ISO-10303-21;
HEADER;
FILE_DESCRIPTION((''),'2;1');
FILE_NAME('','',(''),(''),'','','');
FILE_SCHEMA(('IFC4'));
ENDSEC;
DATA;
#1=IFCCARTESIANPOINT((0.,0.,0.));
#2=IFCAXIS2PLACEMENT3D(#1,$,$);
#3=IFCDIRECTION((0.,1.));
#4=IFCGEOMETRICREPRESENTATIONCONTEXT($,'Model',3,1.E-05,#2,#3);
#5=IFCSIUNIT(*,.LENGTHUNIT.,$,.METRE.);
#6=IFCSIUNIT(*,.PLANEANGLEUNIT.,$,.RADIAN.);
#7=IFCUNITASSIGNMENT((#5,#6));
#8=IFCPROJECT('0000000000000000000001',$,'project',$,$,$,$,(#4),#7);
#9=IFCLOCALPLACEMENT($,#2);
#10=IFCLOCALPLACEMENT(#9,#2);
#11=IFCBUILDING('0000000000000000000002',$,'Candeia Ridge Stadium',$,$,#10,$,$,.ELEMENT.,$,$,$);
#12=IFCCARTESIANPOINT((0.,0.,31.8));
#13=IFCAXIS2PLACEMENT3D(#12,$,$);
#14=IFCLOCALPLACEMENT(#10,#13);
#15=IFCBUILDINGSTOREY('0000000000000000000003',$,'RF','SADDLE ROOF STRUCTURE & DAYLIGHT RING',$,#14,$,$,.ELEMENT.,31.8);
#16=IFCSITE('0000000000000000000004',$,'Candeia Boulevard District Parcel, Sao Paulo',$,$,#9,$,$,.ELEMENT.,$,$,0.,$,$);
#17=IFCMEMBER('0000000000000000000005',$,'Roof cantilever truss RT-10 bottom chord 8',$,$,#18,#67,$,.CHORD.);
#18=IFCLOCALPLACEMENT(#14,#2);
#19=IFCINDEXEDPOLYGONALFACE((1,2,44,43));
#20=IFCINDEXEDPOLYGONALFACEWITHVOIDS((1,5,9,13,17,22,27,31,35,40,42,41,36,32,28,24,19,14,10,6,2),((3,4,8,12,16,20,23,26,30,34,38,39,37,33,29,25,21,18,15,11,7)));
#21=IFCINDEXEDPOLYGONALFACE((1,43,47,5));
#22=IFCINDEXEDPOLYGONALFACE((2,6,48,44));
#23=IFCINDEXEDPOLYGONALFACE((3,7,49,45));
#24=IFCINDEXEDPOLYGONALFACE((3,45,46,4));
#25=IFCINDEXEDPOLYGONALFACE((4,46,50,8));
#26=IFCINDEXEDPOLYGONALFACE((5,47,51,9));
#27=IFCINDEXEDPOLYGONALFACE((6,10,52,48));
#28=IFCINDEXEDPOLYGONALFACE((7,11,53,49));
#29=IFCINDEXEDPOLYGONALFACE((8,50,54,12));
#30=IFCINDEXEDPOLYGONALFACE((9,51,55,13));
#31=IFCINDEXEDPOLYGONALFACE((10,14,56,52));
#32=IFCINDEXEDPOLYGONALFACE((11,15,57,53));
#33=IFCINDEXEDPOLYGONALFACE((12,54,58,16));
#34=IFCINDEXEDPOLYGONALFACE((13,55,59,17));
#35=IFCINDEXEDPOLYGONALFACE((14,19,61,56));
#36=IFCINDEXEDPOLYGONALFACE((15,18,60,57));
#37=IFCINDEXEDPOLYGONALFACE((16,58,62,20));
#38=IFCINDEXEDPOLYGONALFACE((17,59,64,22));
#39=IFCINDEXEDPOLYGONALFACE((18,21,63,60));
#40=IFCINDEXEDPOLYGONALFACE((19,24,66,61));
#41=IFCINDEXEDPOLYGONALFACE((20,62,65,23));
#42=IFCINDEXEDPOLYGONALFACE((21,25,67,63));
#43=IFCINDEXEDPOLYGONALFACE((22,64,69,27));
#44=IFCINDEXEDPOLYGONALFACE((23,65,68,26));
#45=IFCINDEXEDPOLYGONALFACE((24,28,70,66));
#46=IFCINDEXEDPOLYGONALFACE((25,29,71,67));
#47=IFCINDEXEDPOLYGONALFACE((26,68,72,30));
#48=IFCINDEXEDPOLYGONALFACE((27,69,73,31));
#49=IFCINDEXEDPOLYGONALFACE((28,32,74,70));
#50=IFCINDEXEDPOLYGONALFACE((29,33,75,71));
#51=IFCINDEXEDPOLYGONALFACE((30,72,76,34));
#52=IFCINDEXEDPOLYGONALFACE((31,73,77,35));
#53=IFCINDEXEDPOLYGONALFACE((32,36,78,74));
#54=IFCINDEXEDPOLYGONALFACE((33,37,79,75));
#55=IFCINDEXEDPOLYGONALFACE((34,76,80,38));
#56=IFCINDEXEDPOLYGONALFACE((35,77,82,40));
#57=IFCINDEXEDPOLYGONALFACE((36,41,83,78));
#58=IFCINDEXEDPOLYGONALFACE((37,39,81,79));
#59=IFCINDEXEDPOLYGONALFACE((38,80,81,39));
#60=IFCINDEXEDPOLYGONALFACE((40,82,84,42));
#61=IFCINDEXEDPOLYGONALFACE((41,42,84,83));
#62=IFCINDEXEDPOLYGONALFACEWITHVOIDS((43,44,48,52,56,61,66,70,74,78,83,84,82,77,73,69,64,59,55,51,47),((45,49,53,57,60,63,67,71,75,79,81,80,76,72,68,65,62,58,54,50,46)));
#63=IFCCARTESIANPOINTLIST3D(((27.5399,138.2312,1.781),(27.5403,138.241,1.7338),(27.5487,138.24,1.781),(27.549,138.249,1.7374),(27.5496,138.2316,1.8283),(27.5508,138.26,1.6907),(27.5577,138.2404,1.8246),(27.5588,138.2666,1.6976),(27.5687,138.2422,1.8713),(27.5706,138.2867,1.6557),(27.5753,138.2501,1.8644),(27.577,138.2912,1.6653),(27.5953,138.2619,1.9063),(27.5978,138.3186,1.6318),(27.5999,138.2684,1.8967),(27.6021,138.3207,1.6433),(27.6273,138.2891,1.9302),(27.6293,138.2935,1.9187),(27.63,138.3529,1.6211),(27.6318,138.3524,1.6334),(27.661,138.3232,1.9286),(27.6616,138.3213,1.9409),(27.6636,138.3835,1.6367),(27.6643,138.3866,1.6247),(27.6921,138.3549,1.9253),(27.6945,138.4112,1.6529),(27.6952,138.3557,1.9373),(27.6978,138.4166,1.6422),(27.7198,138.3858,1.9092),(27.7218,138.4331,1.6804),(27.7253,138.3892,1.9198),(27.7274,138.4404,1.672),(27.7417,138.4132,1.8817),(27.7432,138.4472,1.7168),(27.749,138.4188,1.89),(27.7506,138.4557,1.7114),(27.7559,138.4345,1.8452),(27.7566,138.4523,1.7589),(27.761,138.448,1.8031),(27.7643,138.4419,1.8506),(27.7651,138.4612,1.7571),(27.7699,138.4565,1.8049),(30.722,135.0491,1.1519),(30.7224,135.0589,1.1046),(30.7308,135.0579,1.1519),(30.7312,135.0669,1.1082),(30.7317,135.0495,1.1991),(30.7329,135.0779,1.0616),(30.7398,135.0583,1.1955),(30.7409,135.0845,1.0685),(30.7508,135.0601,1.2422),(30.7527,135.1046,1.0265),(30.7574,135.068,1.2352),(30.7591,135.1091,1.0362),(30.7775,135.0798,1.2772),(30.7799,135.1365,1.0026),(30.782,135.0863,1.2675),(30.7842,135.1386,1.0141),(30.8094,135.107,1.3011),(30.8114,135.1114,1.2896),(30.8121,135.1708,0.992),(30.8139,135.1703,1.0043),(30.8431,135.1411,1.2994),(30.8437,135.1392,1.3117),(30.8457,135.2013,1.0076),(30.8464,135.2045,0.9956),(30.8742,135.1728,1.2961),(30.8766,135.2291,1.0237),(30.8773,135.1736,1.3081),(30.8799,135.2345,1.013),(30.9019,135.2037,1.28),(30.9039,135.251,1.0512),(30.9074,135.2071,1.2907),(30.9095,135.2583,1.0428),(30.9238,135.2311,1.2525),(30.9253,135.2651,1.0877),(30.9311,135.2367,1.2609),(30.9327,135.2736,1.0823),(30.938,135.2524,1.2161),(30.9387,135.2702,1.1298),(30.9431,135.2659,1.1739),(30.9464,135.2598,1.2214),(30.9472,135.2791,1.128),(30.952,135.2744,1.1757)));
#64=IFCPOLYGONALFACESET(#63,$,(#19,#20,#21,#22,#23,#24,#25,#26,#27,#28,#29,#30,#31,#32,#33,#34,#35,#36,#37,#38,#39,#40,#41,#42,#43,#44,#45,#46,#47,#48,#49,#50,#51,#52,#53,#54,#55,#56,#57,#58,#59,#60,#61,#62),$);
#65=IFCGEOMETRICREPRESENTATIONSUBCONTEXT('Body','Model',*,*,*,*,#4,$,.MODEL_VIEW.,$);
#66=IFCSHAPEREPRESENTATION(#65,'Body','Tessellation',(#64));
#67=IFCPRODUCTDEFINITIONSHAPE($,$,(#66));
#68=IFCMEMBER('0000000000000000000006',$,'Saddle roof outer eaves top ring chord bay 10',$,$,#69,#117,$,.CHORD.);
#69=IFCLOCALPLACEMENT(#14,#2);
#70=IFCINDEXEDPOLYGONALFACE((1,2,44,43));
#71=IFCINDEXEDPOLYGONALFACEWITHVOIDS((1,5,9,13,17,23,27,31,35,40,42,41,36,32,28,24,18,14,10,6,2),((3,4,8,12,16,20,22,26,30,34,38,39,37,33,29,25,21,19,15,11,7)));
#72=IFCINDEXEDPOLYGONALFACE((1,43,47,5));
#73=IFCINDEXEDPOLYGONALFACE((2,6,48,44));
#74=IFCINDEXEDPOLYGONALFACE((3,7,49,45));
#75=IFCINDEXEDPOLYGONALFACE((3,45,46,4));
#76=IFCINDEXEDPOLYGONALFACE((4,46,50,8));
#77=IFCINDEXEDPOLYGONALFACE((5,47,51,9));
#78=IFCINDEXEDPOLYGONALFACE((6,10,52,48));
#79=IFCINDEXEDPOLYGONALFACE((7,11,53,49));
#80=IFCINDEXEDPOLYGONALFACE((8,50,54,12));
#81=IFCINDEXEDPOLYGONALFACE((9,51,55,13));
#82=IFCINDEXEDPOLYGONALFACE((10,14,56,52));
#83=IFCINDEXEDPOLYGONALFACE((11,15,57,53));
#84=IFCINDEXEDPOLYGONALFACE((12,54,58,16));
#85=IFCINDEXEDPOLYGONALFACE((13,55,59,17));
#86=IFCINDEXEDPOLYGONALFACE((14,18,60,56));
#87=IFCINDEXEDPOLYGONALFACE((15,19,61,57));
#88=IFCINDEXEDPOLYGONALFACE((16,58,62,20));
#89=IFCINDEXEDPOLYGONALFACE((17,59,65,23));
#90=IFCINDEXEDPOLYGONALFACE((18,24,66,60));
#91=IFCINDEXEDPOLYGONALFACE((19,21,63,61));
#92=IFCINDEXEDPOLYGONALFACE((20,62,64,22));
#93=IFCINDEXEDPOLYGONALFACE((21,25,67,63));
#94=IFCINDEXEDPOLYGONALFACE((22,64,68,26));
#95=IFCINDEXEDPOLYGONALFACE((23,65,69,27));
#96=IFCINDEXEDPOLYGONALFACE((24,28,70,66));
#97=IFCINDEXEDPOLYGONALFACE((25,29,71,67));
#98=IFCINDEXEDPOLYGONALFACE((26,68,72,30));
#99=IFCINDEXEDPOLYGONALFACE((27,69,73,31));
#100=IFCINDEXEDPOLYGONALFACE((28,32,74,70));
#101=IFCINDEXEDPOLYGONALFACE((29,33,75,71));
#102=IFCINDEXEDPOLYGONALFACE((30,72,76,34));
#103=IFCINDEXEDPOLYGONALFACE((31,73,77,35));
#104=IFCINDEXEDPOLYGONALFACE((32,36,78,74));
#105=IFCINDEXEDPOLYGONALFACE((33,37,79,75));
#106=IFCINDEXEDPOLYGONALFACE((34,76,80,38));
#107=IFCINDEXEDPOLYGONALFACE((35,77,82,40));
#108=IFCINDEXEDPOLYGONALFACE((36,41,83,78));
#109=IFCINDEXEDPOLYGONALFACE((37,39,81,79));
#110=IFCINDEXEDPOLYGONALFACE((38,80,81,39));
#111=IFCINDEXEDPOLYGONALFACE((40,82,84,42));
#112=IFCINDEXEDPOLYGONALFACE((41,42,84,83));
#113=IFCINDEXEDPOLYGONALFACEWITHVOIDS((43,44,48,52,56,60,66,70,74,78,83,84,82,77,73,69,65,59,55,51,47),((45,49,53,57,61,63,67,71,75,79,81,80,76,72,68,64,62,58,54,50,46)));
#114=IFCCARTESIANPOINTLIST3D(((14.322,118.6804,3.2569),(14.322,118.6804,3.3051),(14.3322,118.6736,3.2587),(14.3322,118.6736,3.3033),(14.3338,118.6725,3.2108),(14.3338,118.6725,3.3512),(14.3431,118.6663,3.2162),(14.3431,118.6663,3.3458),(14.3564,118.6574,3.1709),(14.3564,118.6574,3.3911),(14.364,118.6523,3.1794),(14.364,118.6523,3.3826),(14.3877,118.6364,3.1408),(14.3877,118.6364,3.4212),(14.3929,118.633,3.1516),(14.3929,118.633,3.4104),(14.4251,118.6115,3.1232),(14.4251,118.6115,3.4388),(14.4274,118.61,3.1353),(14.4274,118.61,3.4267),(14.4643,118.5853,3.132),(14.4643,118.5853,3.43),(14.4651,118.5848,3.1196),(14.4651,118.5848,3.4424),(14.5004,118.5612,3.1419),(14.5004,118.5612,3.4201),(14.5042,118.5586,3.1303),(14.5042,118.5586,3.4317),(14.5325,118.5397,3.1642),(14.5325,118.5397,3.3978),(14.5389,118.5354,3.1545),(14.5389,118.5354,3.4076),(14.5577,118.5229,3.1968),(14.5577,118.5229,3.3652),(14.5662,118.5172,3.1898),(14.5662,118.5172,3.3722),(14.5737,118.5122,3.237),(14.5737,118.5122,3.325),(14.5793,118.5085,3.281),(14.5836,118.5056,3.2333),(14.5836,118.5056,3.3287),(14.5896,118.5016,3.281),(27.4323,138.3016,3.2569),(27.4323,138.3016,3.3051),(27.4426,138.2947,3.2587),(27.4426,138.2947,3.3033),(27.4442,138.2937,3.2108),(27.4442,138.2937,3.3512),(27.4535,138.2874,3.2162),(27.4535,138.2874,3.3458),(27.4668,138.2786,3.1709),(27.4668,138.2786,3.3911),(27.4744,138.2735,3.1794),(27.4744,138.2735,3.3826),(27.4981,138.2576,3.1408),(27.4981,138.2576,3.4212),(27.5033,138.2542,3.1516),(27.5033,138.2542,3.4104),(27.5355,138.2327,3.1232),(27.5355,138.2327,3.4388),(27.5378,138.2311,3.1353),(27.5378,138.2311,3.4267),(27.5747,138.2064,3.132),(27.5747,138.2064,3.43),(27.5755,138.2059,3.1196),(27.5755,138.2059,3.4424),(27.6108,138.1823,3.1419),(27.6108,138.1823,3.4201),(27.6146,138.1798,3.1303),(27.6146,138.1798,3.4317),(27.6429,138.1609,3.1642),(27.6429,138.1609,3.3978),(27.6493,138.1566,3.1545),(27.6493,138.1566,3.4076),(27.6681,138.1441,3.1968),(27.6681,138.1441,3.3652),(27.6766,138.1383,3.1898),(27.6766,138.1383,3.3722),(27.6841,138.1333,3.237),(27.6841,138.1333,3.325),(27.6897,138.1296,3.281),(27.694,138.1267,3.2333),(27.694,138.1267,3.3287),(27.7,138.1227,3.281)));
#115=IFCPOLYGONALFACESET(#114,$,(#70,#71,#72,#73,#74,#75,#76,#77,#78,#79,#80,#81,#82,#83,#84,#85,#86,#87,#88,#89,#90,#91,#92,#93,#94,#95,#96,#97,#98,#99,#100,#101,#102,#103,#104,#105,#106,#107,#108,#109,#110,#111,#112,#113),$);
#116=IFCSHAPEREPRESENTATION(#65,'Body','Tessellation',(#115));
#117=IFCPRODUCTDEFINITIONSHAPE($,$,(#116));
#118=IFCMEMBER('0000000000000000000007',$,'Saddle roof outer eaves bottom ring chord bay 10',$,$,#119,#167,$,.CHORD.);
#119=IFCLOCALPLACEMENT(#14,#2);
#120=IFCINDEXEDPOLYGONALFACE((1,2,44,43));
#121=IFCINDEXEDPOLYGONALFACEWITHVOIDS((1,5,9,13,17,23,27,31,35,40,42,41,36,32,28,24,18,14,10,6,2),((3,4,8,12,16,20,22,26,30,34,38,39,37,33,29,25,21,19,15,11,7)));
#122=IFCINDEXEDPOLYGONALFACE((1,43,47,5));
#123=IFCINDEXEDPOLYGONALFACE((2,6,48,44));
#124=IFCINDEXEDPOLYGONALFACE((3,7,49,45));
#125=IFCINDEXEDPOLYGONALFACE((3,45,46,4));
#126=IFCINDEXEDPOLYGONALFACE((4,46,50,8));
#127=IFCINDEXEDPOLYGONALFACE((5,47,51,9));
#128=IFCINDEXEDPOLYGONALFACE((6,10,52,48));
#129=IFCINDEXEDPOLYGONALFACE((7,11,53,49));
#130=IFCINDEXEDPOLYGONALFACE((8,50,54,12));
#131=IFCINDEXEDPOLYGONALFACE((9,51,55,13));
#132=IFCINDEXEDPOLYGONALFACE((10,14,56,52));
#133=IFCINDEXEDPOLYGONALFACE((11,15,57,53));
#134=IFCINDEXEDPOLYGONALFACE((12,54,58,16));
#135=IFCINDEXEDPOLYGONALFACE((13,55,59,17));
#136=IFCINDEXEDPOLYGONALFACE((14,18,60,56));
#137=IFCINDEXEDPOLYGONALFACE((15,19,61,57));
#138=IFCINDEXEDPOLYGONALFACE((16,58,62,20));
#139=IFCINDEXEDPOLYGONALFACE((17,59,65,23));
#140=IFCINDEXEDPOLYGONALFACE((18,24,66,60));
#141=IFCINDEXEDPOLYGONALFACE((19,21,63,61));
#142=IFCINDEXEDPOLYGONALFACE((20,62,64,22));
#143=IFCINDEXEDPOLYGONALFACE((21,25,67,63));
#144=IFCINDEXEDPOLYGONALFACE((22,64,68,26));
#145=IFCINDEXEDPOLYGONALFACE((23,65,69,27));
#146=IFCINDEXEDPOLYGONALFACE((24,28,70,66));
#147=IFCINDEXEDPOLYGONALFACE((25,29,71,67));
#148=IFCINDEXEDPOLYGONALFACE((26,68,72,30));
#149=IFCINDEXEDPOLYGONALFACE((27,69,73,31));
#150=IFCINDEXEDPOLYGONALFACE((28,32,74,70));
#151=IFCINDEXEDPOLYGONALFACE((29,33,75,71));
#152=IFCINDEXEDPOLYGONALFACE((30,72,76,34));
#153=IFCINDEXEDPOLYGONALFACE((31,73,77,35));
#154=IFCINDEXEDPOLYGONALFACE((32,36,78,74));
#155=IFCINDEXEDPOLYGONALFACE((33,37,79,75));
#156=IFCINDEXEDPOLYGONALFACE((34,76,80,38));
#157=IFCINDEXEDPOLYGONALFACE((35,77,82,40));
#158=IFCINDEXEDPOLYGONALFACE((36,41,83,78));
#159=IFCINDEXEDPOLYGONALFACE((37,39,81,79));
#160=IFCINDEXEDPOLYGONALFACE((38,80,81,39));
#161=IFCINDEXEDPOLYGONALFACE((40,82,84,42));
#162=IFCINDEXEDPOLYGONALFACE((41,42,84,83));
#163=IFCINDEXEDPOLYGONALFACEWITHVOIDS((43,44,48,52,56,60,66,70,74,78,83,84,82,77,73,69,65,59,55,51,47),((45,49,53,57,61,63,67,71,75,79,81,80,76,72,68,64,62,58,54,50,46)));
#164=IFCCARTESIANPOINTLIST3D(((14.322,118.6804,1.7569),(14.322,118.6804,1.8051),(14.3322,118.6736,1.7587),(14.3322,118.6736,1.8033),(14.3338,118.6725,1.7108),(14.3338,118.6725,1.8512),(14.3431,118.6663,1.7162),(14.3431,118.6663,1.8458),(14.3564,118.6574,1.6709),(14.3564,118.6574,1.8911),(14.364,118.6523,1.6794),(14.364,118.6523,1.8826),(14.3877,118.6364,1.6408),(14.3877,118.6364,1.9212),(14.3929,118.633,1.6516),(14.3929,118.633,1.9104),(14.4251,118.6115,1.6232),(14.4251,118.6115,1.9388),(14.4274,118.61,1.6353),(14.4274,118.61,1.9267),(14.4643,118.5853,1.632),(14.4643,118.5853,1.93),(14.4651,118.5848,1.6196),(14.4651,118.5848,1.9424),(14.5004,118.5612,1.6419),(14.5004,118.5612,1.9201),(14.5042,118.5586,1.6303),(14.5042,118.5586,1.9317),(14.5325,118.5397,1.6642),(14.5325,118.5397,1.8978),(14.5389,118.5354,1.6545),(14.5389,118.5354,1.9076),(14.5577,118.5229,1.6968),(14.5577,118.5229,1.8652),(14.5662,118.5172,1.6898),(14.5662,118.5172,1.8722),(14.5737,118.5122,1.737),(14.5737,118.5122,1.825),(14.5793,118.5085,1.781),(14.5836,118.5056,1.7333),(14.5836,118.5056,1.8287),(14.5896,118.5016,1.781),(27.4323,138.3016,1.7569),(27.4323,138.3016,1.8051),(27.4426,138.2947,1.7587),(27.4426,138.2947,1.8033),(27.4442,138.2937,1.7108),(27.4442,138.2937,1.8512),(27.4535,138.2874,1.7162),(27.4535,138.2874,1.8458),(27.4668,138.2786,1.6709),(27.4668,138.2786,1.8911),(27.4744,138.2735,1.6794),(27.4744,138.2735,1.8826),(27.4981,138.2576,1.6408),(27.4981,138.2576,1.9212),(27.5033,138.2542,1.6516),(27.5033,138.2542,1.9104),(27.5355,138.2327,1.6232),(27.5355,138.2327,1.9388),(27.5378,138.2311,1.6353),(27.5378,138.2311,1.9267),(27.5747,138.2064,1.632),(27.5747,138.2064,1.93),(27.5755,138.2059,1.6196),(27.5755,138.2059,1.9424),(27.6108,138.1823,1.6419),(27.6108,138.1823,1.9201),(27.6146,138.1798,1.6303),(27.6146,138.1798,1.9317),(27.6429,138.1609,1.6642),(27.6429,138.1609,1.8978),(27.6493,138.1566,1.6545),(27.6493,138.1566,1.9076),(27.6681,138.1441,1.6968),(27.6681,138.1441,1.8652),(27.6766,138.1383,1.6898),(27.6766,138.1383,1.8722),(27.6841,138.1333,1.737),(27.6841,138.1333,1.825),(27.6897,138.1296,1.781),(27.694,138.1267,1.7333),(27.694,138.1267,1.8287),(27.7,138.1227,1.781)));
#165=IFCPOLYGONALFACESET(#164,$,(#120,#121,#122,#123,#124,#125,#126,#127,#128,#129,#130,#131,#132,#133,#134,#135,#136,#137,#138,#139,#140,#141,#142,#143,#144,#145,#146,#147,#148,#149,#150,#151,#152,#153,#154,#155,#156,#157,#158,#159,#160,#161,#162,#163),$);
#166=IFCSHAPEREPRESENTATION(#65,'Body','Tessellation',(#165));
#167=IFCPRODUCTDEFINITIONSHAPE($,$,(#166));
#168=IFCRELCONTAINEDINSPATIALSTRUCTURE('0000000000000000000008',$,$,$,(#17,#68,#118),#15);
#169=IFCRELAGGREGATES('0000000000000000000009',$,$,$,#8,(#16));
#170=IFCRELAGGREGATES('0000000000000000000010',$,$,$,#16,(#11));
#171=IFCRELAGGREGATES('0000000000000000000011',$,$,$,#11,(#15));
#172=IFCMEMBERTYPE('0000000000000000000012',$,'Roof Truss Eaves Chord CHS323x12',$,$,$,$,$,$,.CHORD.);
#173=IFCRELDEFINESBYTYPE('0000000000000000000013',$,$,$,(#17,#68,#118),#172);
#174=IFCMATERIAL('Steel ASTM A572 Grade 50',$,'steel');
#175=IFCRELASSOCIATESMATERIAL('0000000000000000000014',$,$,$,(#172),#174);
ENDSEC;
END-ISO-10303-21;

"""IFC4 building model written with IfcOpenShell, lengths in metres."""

from ifc_helpers import new_model, si_unit, direction, frame, origin, origin_2d, place, context, subcontext, project, spatial, hollow_circle, extrude, material, material_profile, profile_set, type_object, element, save


model = new_model("IFC4")

# Units and contexts
model_context = context("Model", 3, precision=1e-05, world=origin(), true_north=direction((0.0, 1.0)))
body_context = subcontext(model_context, "Body", "Model", "MODEL_VIEW")
ifc_project = project(units=[si_unit("LENGTHUNIT", "METRE"), si_unit("PLANEANGLEUNIT", "RADIAN")], contexts=[model_context])

# Site, building, storey
site_placement = place(None, origin())
site = spatial("IfcSite", under=ifc_project, at=site_placement, Name="Candeia Boulevard District Parcel, Sao Paulo", CompositionType="ELEMENT", RefElevation=0.0)
building_placement = place(site_placement, origin())
building = spatial("IfcBuilding", under=site, at=building_placement, Name="Candeia Ridge Stadium", CompositionType="ELEMENT")
storey_placement = place(building_placement, frame((0.0, 0.0, 31.8)))
storey = spatial("IfcBuildingStorey", under=building, at=storey_placement, Name="RF", Description="SADDLE ROOF STRUCTURE & DAYLIGHT RING", CompositionType="ELEMENT", Elevation=31.8)

# Shared definitions
ifc_material_1 = material(Name="Steel ASTM A572 Grade 50", Category="steel")

# Members
ifc_material_profile_1 = material_profile(ifc_material_1, hollow_circle(Radius=0.1619, WallThickness=0.0125, at=origin_2d()), Name="CHS323x12", Category="steel")
ifc_profile_set_1 = profile_set([ifc_material_profile_1], Name="Steel ASTM A572 Grade 50")
member_type_1 = type_object("IfcMemberType", Name="Roof Truss Eaves Chord CHS323x12", PredefinedType="CHORD", material=ifc_profile_set_1)
member_1_placement = place(storey_placement, frame((30.8364, 135.1636, 1.1519), z_axis=(-0.700296, 0.700296, 0.138458), x_axis=(-0.707107, -0.707107, 0.0)))
element("IfcMember", 1, at=member_1_placement, inside=storey, type_object=member_type_1, Name="Roof cantilever truss RT-10 bottom chord 8", PredefinedType="CHORD", context=body_context, shape_type="SweptSolid", body=[
    extrude(hollow_circle(Radius=0.1619, WallThickness=0.0125, at=origin_2d()), origin(), (0.0, 0.0, 1.0), 4.5439),
])
for number, where, z_axis, x_axis, name in (
    (2, (27.5654, 138.2126, 3.281), (-0.555569, -0.83147, 0.0), (0.83147, -0.555569, 0.0), "Saddle roof outer eaves top ring chord bay 10"),
    (3, (27.5654, 138.2126, 1.781), (-0.555569, -0.83147, 0.0), (0.83147, -0.555569, 0.0), "Saddle roof outer eaves bottom ring chord bay 10"),
):
    element("IfcMember", number, at=place(storey_placement, frame(where, z_axis=z_axis, x_axis=x_axis)), inside=storey, type_object=member_type_1, Name=name, PredefinedType="CHORD", context=body_context, shape_type="SweptSolid", body=[
        extrude(hollow_circle(Radius=0.1619, WallThickness=0.0125, at=origin_2d()), origin(), (0.0, 0.0, 1.0), 23.5981),
    ])

save(model, "model.ifc")
